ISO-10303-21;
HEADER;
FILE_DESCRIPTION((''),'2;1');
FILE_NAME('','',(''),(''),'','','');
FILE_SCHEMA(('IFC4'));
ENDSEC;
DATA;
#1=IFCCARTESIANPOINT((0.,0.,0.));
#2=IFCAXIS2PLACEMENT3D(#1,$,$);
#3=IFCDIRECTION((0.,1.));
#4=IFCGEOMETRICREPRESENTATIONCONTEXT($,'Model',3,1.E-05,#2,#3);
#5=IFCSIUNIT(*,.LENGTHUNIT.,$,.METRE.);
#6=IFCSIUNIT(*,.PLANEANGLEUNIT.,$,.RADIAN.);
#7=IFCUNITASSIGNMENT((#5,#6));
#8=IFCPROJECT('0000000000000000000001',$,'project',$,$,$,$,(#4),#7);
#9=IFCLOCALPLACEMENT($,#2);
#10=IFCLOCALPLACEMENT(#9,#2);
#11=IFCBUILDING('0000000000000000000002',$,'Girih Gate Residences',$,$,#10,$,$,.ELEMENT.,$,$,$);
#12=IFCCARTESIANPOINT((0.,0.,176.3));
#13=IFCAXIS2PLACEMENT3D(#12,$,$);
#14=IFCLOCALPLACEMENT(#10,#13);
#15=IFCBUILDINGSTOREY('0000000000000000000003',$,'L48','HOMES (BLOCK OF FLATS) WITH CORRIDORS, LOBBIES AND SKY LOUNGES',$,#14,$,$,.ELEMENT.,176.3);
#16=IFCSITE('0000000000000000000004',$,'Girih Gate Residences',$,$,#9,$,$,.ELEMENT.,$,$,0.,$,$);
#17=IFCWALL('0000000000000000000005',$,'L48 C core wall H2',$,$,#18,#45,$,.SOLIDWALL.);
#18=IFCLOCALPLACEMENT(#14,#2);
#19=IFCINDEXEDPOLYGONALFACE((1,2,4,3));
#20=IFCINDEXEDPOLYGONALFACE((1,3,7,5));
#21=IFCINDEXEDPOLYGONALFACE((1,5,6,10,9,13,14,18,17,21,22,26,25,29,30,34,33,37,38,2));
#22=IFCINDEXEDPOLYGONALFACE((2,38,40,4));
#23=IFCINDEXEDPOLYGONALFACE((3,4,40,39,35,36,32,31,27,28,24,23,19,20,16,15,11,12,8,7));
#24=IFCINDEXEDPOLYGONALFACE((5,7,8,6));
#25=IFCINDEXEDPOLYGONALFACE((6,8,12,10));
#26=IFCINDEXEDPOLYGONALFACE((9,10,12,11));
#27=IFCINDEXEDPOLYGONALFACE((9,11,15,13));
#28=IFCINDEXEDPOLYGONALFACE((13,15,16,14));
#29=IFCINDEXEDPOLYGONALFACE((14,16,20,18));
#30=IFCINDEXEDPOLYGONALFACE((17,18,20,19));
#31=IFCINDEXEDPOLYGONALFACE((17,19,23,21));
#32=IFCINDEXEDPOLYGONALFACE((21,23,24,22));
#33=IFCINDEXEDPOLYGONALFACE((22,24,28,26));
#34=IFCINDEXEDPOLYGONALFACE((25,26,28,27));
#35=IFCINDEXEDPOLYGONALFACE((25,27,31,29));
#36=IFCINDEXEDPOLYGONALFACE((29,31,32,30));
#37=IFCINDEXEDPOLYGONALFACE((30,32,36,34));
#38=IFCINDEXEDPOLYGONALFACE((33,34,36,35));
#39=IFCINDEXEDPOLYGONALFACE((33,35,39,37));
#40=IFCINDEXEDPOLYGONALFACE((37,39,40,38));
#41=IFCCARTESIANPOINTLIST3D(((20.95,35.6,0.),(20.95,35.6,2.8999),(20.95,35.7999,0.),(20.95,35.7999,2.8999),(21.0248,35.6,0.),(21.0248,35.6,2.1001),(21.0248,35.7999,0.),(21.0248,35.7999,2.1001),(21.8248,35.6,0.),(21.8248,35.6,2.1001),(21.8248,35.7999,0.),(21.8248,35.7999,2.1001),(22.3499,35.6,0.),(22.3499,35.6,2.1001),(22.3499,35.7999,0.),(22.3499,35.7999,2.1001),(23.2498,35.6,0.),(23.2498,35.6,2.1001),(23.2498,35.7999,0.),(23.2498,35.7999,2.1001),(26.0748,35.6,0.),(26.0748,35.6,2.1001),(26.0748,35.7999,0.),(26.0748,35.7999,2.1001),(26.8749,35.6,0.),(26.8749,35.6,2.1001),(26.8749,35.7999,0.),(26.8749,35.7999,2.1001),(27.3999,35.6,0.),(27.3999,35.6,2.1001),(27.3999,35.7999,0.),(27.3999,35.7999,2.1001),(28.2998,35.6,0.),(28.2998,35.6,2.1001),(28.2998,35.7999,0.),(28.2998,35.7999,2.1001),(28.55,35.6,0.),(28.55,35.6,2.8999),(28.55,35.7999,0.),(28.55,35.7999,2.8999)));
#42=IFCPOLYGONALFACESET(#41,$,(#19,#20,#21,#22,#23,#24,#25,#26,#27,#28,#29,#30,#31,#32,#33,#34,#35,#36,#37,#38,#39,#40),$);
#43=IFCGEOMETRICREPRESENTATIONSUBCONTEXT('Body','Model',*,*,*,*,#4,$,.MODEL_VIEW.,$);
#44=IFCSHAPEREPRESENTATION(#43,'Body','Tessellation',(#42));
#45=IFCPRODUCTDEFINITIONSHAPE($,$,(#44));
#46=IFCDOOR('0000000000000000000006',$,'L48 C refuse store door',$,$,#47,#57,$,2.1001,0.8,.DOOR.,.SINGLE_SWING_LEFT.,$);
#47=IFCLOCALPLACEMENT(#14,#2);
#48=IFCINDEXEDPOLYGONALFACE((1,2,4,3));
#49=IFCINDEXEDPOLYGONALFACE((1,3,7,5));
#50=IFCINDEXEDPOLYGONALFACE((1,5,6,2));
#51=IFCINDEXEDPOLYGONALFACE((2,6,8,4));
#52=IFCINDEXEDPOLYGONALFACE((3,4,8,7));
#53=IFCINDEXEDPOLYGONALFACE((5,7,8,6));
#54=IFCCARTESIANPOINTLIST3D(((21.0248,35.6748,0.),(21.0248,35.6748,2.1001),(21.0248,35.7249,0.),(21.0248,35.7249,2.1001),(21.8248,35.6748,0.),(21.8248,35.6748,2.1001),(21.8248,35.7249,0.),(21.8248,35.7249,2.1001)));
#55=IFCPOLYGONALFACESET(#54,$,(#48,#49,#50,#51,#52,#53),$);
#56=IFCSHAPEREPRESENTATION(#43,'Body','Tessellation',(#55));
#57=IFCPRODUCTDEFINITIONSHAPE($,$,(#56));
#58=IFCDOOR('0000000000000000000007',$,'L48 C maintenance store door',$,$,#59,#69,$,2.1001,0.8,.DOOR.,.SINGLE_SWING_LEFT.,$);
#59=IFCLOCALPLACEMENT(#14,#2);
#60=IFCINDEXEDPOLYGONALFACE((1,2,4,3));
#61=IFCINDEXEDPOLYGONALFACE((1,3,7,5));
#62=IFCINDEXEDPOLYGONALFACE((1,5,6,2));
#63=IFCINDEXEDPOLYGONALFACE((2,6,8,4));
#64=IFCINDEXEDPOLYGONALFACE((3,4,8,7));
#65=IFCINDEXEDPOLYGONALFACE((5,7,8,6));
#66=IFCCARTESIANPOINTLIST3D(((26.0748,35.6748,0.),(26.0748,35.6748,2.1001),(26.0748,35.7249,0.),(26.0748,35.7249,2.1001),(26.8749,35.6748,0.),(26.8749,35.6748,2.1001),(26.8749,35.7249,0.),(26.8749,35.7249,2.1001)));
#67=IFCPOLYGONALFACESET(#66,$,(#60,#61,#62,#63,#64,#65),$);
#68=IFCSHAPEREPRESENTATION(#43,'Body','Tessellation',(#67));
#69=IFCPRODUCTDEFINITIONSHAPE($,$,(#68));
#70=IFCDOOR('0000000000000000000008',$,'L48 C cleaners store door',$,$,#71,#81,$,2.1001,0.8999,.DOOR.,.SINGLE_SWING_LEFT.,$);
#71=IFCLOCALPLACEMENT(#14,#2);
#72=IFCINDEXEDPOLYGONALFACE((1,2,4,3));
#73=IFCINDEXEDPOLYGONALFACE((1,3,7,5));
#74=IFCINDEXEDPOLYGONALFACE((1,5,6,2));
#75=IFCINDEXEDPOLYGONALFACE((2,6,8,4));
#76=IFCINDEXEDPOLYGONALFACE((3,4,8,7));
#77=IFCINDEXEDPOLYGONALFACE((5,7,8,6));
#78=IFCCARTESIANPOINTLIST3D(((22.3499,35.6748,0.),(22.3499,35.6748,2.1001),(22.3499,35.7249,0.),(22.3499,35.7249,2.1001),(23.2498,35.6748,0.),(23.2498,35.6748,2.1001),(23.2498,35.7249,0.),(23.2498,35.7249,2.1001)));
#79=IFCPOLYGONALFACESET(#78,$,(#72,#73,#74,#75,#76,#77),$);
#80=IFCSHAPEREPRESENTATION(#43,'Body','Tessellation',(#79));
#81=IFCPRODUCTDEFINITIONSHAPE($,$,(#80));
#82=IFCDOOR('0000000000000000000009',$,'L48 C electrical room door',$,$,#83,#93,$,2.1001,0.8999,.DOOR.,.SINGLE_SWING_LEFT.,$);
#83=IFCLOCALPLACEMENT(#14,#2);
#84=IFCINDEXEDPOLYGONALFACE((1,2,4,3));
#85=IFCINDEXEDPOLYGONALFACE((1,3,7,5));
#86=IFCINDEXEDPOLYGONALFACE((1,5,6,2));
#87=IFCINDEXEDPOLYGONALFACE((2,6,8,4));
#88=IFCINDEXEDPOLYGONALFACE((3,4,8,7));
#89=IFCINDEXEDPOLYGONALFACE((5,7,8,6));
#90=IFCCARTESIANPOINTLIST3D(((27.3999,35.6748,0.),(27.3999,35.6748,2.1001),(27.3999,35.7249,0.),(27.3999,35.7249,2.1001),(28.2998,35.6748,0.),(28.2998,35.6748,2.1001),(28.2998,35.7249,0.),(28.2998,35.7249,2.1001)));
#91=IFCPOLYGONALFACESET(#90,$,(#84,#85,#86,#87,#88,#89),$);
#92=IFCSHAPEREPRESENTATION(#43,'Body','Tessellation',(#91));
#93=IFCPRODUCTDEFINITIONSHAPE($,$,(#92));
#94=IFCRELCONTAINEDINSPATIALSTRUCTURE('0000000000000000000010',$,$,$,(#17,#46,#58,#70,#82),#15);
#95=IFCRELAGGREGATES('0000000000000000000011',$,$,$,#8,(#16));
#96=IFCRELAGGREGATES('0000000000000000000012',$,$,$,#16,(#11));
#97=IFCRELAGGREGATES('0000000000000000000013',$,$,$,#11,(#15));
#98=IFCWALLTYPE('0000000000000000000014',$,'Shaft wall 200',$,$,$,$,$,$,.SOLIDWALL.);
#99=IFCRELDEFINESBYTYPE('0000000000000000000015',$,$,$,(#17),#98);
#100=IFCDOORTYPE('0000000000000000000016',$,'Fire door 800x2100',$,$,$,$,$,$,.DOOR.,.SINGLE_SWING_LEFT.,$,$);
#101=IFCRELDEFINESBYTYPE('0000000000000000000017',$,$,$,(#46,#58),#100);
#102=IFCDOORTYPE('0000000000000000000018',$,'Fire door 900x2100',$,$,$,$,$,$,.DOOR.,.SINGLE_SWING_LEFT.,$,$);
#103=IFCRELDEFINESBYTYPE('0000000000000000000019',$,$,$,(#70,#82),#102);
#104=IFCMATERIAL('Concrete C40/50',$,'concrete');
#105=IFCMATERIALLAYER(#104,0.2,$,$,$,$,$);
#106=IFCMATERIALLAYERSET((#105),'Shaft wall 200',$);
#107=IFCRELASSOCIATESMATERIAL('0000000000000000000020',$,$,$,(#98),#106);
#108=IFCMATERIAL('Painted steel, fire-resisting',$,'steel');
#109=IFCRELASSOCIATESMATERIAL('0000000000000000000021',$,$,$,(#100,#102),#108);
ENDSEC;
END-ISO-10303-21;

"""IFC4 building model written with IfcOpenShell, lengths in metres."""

from ifc_helpers import new_model, si_unit, direction, frame, frame_2d, origin, place, context, subcontext, project, spatial, rectangle, extrude, material, layer, layer_set, type_object, element, fill, save


model = new_model("IFC4")

# Units and contexts
model_context = context("Model", 3, precision=1e-05, world=origin(), true_north=direction((0.0, 1.0)))
body_context = subcontext(model_context, "Body", "Model", "MODEL_VIEW")
ifc_project = project(units=[si_unit("LENGTHUNIT", "METRE"), si_unit("PLANEANGLEUNIT", "RADIAN")], contexts=[model_context])

# Site, building, storey
site_placement = place(None, origin())
site = spatial("IfcSite", under=ifc_project, at=site_placement, Name="Girih Gate Residences", CompositionType="ELEMENT", RefElevation=0.0)
building_placement = place(site_placement, origin())
building = spatial("IfcBuilding", under=site, at=building_placement, Name="Girih Gate Residences", CompositionType="ELEMENT")
storey_placement = place(building_placement, frame((0.0, 0.0, 176.3)))
storey = spatial("IfcBuildingStorey", under=building, at=storey_placement, Name="L48", Description="HOMES (BLOCK OF FLATS) WITH CORRIDORS, LOBBIES AND SKY LOUNGES", CompositionType="ELEMENT", Elevation=176.3)

# Wall, openings, doors
ifc_material_1 = material(Name="Concrete C40/50", Category="concrete")
ifc_layer_1 = layer(ifc_material_1, 0.2)
ifc_layer_set_1 = layer_set([ifc_layer_1], Name="Shaft wall 200")
wall_type_1 = type_object("IfcWallType", Name="Shaft wall 200", PredefinedType="SOLIDWALL", material=ifc_layer_set_1)
ifc_material_2 = material(Name="Painted steel, fire-resisting", Category="steel")
door_type_1 = type_object("IfcDoorType", Name="Fire door 800x2100", OperationType="SINGLE_SWING_LEFT", PredefinedType="DOOR", material=ifc_material_2)
wall_1_placement = place(storey_placement, frame((20.95, 35.7, 0.0), z_axis=(0.0, 0.0, 1.0), x_axis=(1.0, 0.0, 0.0)))
wall_1 = element("IfcWall", 1, at=wall_1_placement, inside=storey, type_object=wall_type_1, Name="L48 C core wall H2", PredefinedType="SOLIDWALL", context=body_context, shape_type="SweptSolid", body=[
    extrude(rectangle(XDim=7.6001, YDim=0.2, at=frame_2d((3.8, 0.0))), origin(), (0.0, 0.0, 1.0), 2.8999),
])
opening_1_placement = place(wall_1_placement, frame((0.075, 0.0, 0.0)))
opening_1 = element("IfcOpeningElement", 2, at=opening_1_placement, cuts=wall_1, PredefinedType="OPENING", context=body_context, shape_type="SweptSolid", body=[
    extrude(rectangle(XDim=0.8, YDim=2.1001, at=frame_2d((0.3999, 1.05))), frame((0.0, 0.1099, 0.0), z_axis=(0.0, -1.0, 0.0), x_axis=(1.0, 0.0, 0.0)), (0.0, 0.0, 1.0), 0.22),
])
opening_2_placement = place(wall_1_placement, frame((1.3999, 0.0, 0.0)))
opening_2 = element("IfcOpeningElement", 3, at=opening_2_placement, cuts=wall_1, PredefinedType="OPENING", context=body_context, shape_type="SweptSolid", body=[
    extrude(rectangle(XDim=0.8999, YDim=2.1001, at=frame_2d((0.45, 1.05))), frame((0.0, 0.1099, 0.0), z_axis=(0.0, -1.0, 0.0), x_axis=(1.0, 0.0, 0.0)), (0.0, 0.0, 1.0), 0.22),
])
opening_3_placement = place(wall_1_placement, frame((5.125, 0.0, 0.0)))
opening_3 = element("IfcOpeningElement", 4, at=opening_3_placement, cuts=wall_1, PredefinedType="OPENING", context=body_context, shape_type="SweptSolid", body=[
    extrude(rectangle(XDim=0.8, YDim=2.1001, at=frame_2d((0.3999, 1.05))), frame((0.0, 0.1099, 0.0), z_axis=(0.0, -1.0, 0.0), x_axis=(1.0, 0.0, 0.0)), (0.0, 0.0, 1.0), 0.22),
])
opening_4_placement = place(wall_1_placement, frame((6.45, 0.0, 0.0)))
opening_4 = element("IfcOpeningElement", 5, at=opening_4_placement, cuts=wall_1, PredefinedType="OPENING", context=body_context, shape_type="SweptSolid", body=[
    extrude(rectangle(XDim=0.8999, YDim=2.1001, at=frame_2d((0.45, 1.05))), frame((0.0, 0.1099, 0.0), z_axis=(0.0, -1.0, 0.0), x_axis=(1.0, 0.0, 0.0)), (0.0, 0.0, 1.0), 0.22),
])
door_1_placement = place(opening_1_placement, origin())
door_1 = element("IfcDoor", 6, at=door_1_placement, inside=storey, type_object=door_type_1, Name="L48 C refuse store door", OperationType="SINGLE_SWING_LEFT", OverallHeight=2.1001, OverallWidth=0.8, PredefinedType="DOOR", context=body_context, shape_type="SweptSolid", body=[
    extrude(rectangle(XDim=0.8, YDim=2.1001, at=frame_2d((0.3999, 1.05))), frame((0.0, 0.0249, 0.0), z_axis=(0.0, -1.0, 0.0), x_axis=(1.0, 0.0, 0.0)), (0.0, 0.0, 1.0), 0.05),
])
fill(opening_1, door_1)
door_2_placement = place(opening_3_placement, origin())
door_2 = element("IfcDoor", 7, at=door_2_placement, inside=storey, type_object=door_type_1, Name="L48 C maintenance store door", OperationType="SINGLE_SWING_LEFT", OverallHeight=2.1001, OverallWidth=0.8, PredefinedType="DOOR", context=body_context, shape_type="SweptSolid", body=[
    extrude(rectangle(XDim=0.8, YDim=2.1001, at=frame_2d((0.3999, 1.05))), frame((0.0, 0.0249, 0.0), z_axis=(0.0, -1.0, 0.0), x_axis=(1.0, 0.0, 0.0)), (0.0, 0.0, 1.0), 0.05),
])
fill(opening_3, door_2)
door_type_2 = type_object("IfcDoorType", Name="Fire door 900x2100", OperationType="SINGLE_SWING_LEFT", PredefinedType="DOOR", material=ifc_material_2)
door_3_placement = place(opening_2_placement, origin())
door_3 = element("IfcDoor", 8, at=door_3_placement, inside=storey, type_object=door_type_2, Name="L48 C cleaners store door", OperationType="SINGLE_SWING_LEFT", OverallHeight=2.1001, OverallWidth=0.8999, PredefinedType="DOOR", context=body_context, shape_type="SweptSolid", body=[
    extrude(rectangle(XDim=0.8999, YDim=2.1001, at=frame_2d((0.45, 1.05))), frame((0.0, 0.0249, 0.0), z_axis=(0.0, -1.0, 0.0), x_axis=(1.0, 0.0, 0.0)), (0.0, 0.0, 1.0), 0.05),
])
fill(opening_2, door_3)
door_4_placement = place(opening_4_placement, origin())
door_4 = element("IfcDoor", 9, at=door_4_placement, inside=storey, type_object=door_type_2, Name="L48 C electrical room door", OperationType="SINGLE_SWING_LEFT", OverallHeight=2.1001, OverallWidth=0.8999, PredefinedType="DOOR", context=body_context, shape_type="SweptSolid", body=[
    extrude(rectangle(XDim=0.8999, YDim=2.1001, at=frame_2d((0.45, 1.05))), frame((0.0, 0.0249, 0.0), z_axis=(0.0, -1.0, 0.0), x_axis=(1.0, 0.0, 0.0)), (0.0, 0.0, 1.0), 0.05),
])
fill(opening_4, door_4)

save(model, "model.ifc")
